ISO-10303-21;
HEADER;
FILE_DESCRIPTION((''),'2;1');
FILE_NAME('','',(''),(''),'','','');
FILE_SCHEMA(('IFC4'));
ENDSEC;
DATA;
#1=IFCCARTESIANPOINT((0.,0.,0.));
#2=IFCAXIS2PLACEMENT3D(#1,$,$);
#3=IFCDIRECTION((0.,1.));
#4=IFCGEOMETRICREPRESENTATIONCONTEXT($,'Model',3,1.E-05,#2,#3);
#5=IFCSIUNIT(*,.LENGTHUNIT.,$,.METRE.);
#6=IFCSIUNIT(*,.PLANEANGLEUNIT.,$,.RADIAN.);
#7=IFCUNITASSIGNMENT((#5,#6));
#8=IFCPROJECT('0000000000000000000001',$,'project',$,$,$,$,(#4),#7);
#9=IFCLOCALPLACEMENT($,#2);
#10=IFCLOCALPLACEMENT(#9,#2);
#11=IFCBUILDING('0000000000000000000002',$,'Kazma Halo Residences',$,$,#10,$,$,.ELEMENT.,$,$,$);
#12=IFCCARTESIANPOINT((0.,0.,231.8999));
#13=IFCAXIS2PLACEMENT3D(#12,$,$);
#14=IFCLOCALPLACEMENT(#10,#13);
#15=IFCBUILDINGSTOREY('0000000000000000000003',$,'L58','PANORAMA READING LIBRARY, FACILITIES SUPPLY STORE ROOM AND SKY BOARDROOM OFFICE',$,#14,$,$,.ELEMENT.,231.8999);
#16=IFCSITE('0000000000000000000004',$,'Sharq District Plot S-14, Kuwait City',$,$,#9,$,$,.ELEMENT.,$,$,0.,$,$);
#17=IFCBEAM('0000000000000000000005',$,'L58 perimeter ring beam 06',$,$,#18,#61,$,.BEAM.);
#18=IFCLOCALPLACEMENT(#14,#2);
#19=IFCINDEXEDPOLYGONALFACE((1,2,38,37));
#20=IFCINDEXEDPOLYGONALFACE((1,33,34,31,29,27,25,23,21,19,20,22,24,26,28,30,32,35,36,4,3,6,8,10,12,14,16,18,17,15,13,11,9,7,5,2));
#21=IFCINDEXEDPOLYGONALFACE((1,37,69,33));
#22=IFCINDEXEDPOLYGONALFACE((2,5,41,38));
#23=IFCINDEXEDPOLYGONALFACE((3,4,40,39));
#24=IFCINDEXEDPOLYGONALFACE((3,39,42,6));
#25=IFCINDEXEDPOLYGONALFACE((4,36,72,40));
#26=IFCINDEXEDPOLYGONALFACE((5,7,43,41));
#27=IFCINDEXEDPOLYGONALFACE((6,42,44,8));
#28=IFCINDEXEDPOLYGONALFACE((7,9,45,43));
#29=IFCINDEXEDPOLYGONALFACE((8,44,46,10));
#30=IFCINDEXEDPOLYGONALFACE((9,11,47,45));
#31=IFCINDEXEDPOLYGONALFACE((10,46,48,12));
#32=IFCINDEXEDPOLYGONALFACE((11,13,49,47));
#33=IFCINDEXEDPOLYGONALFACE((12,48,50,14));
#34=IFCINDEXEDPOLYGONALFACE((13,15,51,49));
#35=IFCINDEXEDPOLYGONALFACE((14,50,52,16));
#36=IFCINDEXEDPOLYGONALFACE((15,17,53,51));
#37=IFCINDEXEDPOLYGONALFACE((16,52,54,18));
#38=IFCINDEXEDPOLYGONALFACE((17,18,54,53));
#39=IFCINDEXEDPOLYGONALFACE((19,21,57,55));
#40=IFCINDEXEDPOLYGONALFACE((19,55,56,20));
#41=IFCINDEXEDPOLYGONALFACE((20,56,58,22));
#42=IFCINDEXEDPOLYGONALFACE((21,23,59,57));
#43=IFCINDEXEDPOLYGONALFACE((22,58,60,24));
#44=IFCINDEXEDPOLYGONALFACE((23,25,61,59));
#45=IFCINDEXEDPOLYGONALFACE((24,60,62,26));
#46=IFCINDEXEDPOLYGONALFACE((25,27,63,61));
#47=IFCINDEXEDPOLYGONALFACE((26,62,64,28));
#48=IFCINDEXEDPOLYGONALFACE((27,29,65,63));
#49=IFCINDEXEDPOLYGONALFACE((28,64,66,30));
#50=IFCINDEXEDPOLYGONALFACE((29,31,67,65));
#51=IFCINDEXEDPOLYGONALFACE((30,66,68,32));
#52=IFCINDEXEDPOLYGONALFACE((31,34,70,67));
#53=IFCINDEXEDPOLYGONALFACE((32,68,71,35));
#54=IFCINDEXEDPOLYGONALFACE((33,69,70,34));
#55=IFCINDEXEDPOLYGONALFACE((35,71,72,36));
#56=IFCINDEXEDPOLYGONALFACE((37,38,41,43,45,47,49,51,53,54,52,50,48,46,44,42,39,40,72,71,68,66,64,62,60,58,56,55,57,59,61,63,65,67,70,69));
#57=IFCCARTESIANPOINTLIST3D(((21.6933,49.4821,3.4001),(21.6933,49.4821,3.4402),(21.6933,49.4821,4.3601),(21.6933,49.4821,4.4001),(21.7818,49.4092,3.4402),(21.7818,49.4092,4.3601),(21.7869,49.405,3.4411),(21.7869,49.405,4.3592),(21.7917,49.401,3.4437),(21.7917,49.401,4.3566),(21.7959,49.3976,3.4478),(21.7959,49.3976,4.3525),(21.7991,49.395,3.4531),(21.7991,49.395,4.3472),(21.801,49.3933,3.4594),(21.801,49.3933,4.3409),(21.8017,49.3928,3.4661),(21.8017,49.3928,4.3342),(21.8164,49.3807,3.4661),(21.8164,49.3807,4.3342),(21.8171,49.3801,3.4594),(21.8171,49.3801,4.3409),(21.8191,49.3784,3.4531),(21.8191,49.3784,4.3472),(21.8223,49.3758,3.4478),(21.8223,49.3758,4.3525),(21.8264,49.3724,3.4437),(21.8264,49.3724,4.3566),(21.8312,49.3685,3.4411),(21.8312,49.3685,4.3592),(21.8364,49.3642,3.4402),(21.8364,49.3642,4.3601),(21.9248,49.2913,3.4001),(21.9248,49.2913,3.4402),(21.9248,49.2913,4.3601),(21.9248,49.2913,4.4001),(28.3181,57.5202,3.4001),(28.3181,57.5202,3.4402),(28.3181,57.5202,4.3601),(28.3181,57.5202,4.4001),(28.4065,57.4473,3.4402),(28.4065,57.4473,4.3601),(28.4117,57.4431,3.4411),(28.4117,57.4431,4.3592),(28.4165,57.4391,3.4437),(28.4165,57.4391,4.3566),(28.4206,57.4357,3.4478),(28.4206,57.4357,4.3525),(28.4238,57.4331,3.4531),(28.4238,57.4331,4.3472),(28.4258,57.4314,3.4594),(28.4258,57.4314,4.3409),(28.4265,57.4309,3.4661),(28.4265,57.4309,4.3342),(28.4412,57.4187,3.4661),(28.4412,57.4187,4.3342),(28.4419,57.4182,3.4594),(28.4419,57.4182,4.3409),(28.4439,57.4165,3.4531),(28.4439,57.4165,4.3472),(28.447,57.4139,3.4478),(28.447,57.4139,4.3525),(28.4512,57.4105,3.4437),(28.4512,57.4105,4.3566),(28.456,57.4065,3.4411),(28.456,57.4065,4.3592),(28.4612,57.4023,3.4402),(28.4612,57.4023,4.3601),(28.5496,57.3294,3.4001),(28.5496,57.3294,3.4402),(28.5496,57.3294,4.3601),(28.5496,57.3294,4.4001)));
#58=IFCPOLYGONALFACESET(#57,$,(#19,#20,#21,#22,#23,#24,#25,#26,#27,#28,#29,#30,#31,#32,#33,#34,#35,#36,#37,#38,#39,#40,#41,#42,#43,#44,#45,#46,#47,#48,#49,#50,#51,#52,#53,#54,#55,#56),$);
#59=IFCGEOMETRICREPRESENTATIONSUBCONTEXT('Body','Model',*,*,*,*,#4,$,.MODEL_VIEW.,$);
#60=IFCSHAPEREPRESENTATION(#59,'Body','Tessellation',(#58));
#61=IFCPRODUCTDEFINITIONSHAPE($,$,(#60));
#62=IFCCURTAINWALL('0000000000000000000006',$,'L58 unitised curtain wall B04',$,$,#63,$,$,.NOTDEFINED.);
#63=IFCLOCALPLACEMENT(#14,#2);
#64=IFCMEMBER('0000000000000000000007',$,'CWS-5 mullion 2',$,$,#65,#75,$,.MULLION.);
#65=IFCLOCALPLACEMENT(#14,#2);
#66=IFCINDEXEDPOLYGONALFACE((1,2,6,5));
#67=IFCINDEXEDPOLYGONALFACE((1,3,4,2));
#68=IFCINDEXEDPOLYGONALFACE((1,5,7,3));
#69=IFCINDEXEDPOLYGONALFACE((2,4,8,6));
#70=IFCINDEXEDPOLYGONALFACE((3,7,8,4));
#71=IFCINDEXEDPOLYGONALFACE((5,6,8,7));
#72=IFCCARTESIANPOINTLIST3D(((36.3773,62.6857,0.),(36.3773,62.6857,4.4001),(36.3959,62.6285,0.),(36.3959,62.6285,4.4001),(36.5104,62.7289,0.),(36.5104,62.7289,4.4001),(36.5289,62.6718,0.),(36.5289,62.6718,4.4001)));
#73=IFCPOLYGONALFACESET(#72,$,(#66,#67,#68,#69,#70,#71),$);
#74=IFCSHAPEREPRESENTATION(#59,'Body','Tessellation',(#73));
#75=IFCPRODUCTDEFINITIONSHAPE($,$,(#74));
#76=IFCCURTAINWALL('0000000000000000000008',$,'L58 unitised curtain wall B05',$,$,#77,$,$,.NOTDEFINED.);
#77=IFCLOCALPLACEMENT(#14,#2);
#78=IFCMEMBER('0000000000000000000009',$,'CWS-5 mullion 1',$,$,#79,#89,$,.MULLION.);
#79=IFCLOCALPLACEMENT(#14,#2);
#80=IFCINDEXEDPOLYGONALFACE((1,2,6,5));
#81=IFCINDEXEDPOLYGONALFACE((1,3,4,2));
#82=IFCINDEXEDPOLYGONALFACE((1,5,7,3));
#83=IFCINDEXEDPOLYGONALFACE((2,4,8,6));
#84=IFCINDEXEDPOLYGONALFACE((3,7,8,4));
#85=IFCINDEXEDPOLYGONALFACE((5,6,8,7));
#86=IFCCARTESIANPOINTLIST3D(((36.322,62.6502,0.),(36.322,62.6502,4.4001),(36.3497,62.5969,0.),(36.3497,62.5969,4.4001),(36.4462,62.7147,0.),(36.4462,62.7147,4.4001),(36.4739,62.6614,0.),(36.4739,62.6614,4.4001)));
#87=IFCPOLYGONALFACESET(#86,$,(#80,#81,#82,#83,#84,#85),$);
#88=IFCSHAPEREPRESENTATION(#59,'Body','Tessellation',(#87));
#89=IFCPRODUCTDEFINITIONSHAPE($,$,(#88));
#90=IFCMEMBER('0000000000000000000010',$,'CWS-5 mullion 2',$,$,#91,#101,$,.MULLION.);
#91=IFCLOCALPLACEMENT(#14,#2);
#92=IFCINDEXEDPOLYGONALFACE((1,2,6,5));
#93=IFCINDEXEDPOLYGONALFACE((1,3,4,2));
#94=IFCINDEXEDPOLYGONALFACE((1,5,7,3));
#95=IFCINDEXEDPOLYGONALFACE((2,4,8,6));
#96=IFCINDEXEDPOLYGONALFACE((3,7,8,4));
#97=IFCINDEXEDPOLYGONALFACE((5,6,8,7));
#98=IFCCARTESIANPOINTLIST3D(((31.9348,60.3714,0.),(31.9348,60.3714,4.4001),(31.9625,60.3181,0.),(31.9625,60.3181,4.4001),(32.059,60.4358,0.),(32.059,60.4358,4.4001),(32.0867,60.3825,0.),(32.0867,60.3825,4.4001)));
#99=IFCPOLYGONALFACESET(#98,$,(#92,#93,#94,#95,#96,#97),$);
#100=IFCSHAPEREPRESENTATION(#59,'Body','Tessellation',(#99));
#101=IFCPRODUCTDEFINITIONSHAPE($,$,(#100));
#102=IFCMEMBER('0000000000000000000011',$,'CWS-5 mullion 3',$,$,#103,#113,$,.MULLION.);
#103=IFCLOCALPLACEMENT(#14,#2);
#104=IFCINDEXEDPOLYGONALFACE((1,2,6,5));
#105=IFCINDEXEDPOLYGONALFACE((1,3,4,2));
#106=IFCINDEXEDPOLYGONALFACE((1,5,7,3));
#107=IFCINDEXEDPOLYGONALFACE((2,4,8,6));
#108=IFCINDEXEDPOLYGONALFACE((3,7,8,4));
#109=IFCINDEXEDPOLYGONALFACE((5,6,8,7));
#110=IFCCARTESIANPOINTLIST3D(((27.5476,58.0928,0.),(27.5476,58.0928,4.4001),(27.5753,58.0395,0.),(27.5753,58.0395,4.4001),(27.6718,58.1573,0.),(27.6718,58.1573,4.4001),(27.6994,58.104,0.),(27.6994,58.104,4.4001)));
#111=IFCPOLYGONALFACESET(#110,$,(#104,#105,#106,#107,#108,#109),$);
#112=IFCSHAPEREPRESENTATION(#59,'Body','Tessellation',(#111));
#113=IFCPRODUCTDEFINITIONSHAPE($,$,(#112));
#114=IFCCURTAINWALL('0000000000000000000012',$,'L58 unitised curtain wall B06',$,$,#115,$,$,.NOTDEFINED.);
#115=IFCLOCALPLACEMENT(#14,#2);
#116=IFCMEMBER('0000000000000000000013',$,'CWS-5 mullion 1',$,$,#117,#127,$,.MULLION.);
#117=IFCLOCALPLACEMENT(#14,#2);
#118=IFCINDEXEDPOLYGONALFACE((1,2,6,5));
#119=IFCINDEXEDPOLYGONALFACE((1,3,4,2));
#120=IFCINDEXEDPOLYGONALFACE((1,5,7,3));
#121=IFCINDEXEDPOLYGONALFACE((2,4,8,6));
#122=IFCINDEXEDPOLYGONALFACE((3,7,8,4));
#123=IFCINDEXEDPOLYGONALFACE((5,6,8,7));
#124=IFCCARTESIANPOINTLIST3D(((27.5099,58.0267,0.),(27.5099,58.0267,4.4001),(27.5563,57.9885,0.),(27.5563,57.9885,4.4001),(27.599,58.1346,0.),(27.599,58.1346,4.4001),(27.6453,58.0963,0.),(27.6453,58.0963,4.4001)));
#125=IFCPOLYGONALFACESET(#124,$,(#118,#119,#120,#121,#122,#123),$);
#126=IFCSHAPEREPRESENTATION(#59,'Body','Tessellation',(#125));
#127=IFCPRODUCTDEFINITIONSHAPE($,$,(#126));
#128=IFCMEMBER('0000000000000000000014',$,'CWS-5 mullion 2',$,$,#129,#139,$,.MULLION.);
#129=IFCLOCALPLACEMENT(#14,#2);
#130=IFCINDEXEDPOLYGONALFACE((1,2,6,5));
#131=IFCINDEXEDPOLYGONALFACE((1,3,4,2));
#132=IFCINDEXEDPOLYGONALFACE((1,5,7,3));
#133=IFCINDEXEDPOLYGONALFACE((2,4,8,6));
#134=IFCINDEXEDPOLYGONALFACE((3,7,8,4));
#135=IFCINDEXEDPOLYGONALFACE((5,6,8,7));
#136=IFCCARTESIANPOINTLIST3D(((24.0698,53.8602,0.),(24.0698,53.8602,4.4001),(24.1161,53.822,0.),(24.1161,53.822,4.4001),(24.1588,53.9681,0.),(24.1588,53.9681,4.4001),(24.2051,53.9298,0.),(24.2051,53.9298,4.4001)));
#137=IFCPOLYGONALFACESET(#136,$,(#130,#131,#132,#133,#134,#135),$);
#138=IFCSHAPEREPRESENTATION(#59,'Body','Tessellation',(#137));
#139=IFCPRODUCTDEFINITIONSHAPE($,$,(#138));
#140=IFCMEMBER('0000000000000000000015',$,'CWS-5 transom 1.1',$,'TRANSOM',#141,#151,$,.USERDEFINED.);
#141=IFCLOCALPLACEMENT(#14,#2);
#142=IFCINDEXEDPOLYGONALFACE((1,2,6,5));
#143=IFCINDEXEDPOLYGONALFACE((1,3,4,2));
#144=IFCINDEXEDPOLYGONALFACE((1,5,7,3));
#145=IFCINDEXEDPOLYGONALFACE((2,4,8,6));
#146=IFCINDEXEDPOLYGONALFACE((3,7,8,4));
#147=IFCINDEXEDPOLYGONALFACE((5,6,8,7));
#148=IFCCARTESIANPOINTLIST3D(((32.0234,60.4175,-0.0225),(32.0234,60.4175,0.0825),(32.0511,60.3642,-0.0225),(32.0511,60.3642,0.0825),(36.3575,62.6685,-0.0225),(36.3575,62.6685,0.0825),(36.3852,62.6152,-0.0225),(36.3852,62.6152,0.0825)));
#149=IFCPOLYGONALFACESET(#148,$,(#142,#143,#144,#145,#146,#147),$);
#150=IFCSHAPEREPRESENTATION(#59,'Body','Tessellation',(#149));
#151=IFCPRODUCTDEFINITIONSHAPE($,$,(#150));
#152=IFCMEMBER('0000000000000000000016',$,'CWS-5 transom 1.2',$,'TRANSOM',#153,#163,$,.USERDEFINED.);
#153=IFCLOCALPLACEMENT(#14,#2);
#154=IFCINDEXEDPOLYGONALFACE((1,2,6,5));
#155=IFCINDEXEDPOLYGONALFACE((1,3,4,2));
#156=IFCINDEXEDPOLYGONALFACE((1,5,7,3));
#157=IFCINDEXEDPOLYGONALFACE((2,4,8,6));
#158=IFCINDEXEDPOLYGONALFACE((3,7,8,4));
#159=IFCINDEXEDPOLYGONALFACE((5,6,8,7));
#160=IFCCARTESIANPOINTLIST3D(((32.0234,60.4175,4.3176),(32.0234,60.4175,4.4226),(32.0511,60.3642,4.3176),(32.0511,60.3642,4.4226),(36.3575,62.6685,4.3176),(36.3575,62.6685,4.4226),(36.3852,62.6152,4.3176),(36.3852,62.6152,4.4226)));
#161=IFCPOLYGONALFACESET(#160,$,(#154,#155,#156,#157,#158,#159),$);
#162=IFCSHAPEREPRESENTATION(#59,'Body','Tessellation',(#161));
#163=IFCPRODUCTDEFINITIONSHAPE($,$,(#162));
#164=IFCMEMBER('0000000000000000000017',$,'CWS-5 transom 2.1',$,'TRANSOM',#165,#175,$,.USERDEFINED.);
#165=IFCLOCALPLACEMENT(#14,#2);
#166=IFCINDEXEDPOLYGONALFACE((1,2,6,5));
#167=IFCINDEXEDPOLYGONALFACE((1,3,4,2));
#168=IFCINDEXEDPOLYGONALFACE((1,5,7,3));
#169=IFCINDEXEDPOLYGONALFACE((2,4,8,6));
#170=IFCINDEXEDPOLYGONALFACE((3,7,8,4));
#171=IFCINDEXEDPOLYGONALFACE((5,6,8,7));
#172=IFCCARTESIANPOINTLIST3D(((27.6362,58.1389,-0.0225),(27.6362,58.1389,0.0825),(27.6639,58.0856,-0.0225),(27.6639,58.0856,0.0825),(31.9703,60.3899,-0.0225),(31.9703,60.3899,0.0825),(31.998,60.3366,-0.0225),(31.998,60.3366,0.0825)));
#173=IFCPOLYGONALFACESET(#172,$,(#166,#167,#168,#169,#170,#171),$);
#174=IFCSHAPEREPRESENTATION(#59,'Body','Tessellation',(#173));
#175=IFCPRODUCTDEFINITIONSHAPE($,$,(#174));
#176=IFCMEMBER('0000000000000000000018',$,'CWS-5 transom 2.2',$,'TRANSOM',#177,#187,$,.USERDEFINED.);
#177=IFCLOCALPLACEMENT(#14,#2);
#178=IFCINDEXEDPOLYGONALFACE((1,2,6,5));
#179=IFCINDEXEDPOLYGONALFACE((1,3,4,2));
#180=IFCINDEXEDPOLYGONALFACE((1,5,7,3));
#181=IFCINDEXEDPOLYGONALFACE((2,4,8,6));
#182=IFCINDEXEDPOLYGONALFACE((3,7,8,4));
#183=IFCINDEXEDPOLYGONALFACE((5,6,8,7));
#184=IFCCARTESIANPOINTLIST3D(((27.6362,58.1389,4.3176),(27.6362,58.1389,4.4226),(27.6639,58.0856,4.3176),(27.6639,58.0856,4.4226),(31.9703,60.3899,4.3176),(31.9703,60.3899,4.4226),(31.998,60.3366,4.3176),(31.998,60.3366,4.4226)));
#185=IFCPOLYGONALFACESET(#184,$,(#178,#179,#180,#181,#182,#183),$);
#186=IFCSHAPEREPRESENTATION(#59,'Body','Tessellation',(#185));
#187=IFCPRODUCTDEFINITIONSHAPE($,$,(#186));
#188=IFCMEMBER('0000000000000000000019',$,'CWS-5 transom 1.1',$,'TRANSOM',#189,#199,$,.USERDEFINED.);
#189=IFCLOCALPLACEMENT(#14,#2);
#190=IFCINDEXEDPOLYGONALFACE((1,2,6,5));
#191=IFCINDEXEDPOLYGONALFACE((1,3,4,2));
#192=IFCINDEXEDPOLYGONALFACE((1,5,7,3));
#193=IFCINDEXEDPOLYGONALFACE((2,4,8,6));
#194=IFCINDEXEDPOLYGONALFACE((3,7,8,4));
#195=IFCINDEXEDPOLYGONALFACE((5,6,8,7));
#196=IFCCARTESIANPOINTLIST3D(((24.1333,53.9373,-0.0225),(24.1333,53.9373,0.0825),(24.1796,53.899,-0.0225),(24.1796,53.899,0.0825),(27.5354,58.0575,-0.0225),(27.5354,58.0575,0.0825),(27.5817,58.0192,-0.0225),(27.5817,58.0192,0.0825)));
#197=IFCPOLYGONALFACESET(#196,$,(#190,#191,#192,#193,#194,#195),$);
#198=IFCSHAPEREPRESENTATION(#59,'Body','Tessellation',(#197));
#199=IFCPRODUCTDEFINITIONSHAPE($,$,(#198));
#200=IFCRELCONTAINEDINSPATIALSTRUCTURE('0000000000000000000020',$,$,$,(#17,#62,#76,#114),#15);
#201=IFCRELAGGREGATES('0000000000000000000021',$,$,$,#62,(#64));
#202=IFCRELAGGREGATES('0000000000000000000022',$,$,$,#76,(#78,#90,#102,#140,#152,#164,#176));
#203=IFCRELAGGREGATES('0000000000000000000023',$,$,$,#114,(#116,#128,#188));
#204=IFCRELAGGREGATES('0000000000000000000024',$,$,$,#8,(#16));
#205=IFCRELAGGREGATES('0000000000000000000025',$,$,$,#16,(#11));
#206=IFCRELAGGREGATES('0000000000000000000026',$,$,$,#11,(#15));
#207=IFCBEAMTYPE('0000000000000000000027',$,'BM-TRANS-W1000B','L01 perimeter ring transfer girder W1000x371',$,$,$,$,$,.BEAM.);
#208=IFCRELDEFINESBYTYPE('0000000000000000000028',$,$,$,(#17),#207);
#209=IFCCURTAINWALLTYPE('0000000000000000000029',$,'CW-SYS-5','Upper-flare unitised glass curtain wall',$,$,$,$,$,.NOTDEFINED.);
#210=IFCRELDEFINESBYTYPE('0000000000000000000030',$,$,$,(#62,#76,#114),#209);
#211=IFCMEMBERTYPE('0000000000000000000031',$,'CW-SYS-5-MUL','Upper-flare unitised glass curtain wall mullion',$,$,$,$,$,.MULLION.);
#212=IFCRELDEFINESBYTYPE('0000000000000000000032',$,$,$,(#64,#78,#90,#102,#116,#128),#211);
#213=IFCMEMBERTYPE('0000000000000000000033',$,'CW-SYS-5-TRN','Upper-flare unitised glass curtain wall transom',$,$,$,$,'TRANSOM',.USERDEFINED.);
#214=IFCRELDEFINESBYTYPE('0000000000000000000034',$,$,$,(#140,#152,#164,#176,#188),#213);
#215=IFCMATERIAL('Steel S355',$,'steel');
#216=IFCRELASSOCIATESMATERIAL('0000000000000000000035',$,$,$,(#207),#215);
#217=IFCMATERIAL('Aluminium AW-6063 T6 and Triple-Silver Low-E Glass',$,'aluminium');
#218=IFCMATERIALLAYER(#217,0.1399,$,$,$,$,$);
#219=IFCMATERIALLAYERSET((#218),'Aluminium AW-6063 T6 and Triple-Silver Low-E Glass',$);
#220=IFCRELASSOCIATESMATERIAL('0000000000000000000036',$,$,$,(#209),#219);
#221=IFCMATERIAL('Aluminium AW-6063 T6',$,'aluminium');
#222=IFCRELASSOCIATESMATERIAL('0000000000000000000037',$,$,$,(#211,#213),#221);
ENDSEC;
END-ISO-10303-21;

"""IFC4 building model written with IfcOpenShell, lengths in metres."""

from ifc_helpers import new_model, si_unit, direction, frame, origin, origin_2d, place, context, subcontext, project, spatial, rectangle, i_section, extrude, material, layer, layer_set, material_profile, profile_set, type_object, element, aggregate, save


model = new_model("IFC4")

# Units and contexts
model_context = context("Model", 3, precision=1e-05, world=origin(), true_north=direction((0.0, 1.0)))
body_context = subcontext(model_context, "Body", "Model", "MODEL_VIEW")
ifc_project = project(units=[si_unit("LENGTHUNIT", "METRE"), si_unit("PLANEANGLEUNIT", "RADIAN")], contexts=[model_context])

# Site, building, storey
site_placement = place(None, origin())
site = spatial("IfcSite", under=ifc_project, at=site_placement, Name="Sharq District Plot S-14, Kuwait City", CompositionType="ELEMENT", RefElevation=0.0)
building_placement = place(site_placement, origin())
building = spatial("IfcBuilding", under=site, at=building_placement, Name="Kazma Halo Residences", CompositionType="ELEMENT")
storey_placement = place(building_placement, frame((0.0, 0.0, 231.8999)))
storey = spatial("IfcBuildingStorey", under=building, at=storey_placement, Name="L58", Description="PANORAMA READING LIBRARY, FACILITIES SUPPLY STORE ROOM AND SKY BOARDROOM OFFICE", CompositionType="ELEMENT", Elevation=231.8999)

# Beam
ifc_material_1 = material(Name="Steel S355", Category="steel")
ifc_material_profile_1 = material_profile(ifc_material_1, i_section(OverallWidth=0.3, OverallDepth=1.0, WebThickness=0.019, FlangeThickness=0.04, FilletRadius=0.0259, at=origin_2d()), Name="W1000x371")
ifc_profile_set_1 = profile_set([ifc_material_profile_1], Name="Steel S355")
beam_type_1 = type_object("IfcBeamType", Name="BM-TRANS-W1000B", Description="L01 perimeter ring transfer girder W1000x371", PredefinedType="BEAM", material=ifc_profile_set_1)
beam_1_placement = place(storey_placement, frame((28.4338, 57.4248, 3.9001), z_axis=(-0.636002, -0.771687, 0.0), x_axis=(0.771687, -0.636002, 0.0)))
element("IfcBeam", 1, at=beam_1_placement, inside=storey, type_object=beam_type_1, Name="L58 perimeter ring beam 06", PredefinedType="BEAM", context=body_context, shape_type="SweptSolid", body=[
    extrude(i_section(OverallWidth=0.3, OverallDepth=1.0, WebThickness=0.019, FlangeThickness=0.04, FilletRadius=0.0259, at=origin_2d()), origin(), (0.0, 0.0, 1.0), 10.4163),
])

# Curtain wall, member
ifc_material_2 = material(Name="Aluminium AW-6063 T6 and Triple-Silver Low-E Glass", Category="aluminium")
ifc_layer_1 = layer(ifc_material_2, 0.1399)
ifc_layer_set_1 = layer_set([ifc_layer_1], Name="Aluminium AW-6063 T6 and Triple-Silver Low-E Glass")
curtain_wall_type = type_object("IfcCurtainWallType", Name="CW-SYS-5", Description="Upper-flare unitised glass curtain wall", PredefinedType="NOTDEFINED", material=ifc_layer_set_1)
curtain_wall_1_placement = place(storey_placement, origin())
curtain_wall_1 = element("IfcCurtainWall", 2, at=curtain_wall_1_placement, inside=storey, type_object=curtain_wall_type, Name="L58 unitised curtain wall B04", PredefinedType="NOTDEFINED")
ifc_material_3 = material(Name="Aluminium AW-6063 T6", Category="aluminium")
ifc_material_profile_2 = material_profile(ifc_material_3, rectangle(XDim=0.0601, YDim=0.1399, at=origin_2d()), Name="CWM-60x140")
ifc_profile_set_2 = profile_set([ifc_material_profile_2], Name="Aluminium AW-6063 T6")
member_type_1 = type_object("IfcMemberType", Name="CW-SYS-5-MUL", Description="Upper-flare unitised glass curtain wall mullion", PredefinedType="MULLION", material=ifc_profile_set_2)
member_1_placement = place(storey_placement, frame((36.4531, 62.6787, 0.0), z_axis=(0.0, 0.0, 1.0), x_axis=(0.30902, -0.951056, 0.0)))
member_1 = element("IfcMember", 3, at=member_1_placement, type_object=member_type_1, Name="CWS-5 mullion 2", PredefinedType="MULLION", context=body_context, shape_type="SweptSolid", body=[
    extrude(rectangle(XDim=0.0601, YDim=0.1399, at=origin_2d()), origin(), (0.0, 0.0, 1.0), 4.4001),
])
aggregate(curtain_wall_1, [member_1])

# Curtain walls, members
curtain_wall_2_placement = place(storey_placement, origin())
curtain_wall_2 = element("IfcCurtainWall", 4, at=curtain_wall_2_placement, inside=storey, type_object=curtain_wall_type, Name="L58 unitised curtain wall B05", PredefinedType="NOTDEFINED")
member_2_placement = place(storey_placement, frame((36.3979, 62.6558, 0.0), z_axis=(0.0, 0.0, 1.0), x_axis=(0.460917, -0.887443, 0.0)))
member_2 = element("IfcMember", 5, at=member_2_placement, type_object=member_type_1, Name="CWS-5 mullion 1", PredefinedType="MULLION", context=body_context, shape_type="SweptSolid", body=[
    extrude(rectangle(XDim=0.0601, YDim=0.1399, at=origin_2d()), origin(), (0.0, 0.0, 1.0), 4.4001),
])
member_3_placement = place(storey_placement, frame((32.0107, 60.377, 0.0), z_axis=(0.0, 0.0, 1.0), x_axis=(0.460917, -0.887443, 0.0)))
member_3 = element("IfcMember", 6, at=member_3_placement, type_object=member_type_1, Name="CWS-5 mullion 2", PredefinedType="MULLION", context=body_context, shape_type="SweptSolid", body=[
    extrude(rectangle(XDim=0.0601, YDim=0.1399, at=origin_2d()), origin(), (0.0, 0.0, 1.0), 4.4001),
])
member_4_placement = place(storey_placement, frame((27.6235, 58.0984, 0.0), z_axis=(0.0, 0.0, 1.0), x_axis=(0.460917, -0.887443, 0.0)))
member_4 = element("IfcMember", 7, at=member_4_placement, type_object=member_type_1, Name="CWS-5 mullion 3", PredefinedType="MULLION", context=body_context, shape_type="SweptSolid", body=[
    extrude(rectangle(XDim=0.0601, YDim=0.1399, at=origin_2d()), origin(), (0.0, 0.0, 1.0), 4.4001),
])
curtain_wall_3_placement = place(storey_placement, origin())
curtain_wall_3 = element("IfcCurtainWall", 8, at=curtain_wall_3_placement, inside=storey, type_object=curtain_wall_type, Name="L58 unitised curtain wall B06", PredefinedType="NOTDEFINED")
member_5_placement = place(storey_placement, frame((27.5776, 58.0615, 0.0), z_axis=(0.0, 0.0, 1.0), x_axis=(0.771092, -0.636724, 0.0)))
member_5 = element("IfcMember", 9, at=member_5_placement, type_object=member_type_1, Name="CWS-5 mullion 1", PredefinedType="MULLION", context=body_context, shape_type="SweptSolid", body=[
    extrude(rectangle(XDim=0.0601, YDim=0.1399, at=origin_2d()), origin(), (0.0, 0.0, 1.0), 4.4001),
])
member_6_placement = place(storey_placement, frame((24.1375, 53.895, 0.0), z_axis=(0.0, 0.0, 1.0), x_axis=(0.771092, -0.636724, 0.0)))
member_6 = element("IfcMember", 10, at=member_6_placement, type_object=member_type_1, Name="CWS-5 mullion 2", PredefinedType="MULLION", context=body_context, shape_type="SweptSolid", body=[
    extrude(rectangle(XDim=0.0601, YDim=0.1399, at=origin_2d()), origin(), (0.0, 0.0, 1.0), 4.4001),
])

# Members
ifc_material_profile_3 = material_profile(ifc_material_3, rectangle(XDim=0.0601, YDim=0.105, at=origin_2d()), Name="CWT-60x105")
ifc_profile_set_3 = profile_set([ifc_material_profile_3], Name="Aluminium AW-6063 T6")
member_type_2 = type_object("IfcMemberType", Name="CW-SYS-5-TRN", Description="Upper-flare unitised glass curtain wall transom", ElementType="TRANSOM", PredefinedType="USERDEFINED", material=ifc_profile_set_3)
member_7_placement = place(storey_placement, frame((36.3713, 62.6418, 0.03), z_axis=(-0.887443, -0.460918, 0.0), x_axis=(0.460918, -0.887443, 0.0)))
member_7 = element("IfcMember", 11, at=member_7_placement, type_object=member_type_2, Name="CWS-5 transom 1.1", ObjectType="TRANSOM", PredefinedType="USERDEFINED", context=body_context, shape_type="SweptSolid", body=[
    extrude(rectangle(XDim=0.0601, YDim=0.105, at=origin_2d()), origin(), (0.0, 0.0, 1.0), 4.8838),
])
member_8_placement = place(storey_placement, frame((36.3713, 62.6418, 4.3701), z_axis=(-0.887443, -0.460918, 0.0), x_axis=(0.460918, -0.887443, 0.0)))
member_8 = element("IfcMember", 12, at=member_8_placement, type_object=member_type_2, Name="CWS-5 transom 1.2", ObjectType="TRANSOM", PredefinedType="USERDEFINED", context=body_context, shape_type="SweptSolid", body=[
    extrude(rectangle(XDim=0.0601, YDim=0.105, at=origin_2d()), origin(), (0.0, 0.0, 1.0), 4.8838),
])
member_9_placement = place(storey_placement, frame((31.9841, 60.3633, 0.03), z_axis=(-0.887443, -0.460918, 0.0), x_axis=(0.460918, -0.887443, 0.0)))
member_9 = element("IfcMember", 13, at=member_9_placement, type_object=member_type_2, Name="CWS-5 transom 2.1", ObjectType="TRANSOM", PredefinedType="USERDEFINED", context=body_context, shape_type="SweptSolid", body=[
    extrude(rectangle(XDim=0.0601, YDim=0.105, at=origin_2d()), origin(), (0.0, 0.0, 1.0), 4.8838),
])
member_10_placement = place(storey_placement, frame((31.9841, 60.3633, 4.3701), z_axis=(-0.887443, -0.460918, 0.0), x_axis=(0.460918, -0.887443, 0.0)))
member_10 = element("IfcMember", 14, at=member_10_placement, type_object=member_type_2, Name="CWS-5 transom 2.2", ObjectType="TRANSOM", PredefinedType="USERDEFINED", context=body_context, shape_type="SweptSolid", body=[
    extrude(rectangle(XDim=0.0601, YDim=0.105, at=origin_2d()), origin(), (0.0, 0.0, 1.0), 4.8838),
])
member_11_placement = place(storey_placement, frame((27.5586, 58.0383, 0.03), z_axis=(-0.636717, -0.771097, 0.0), x_axis=(0.771097, -0.636717, 0.0)))
member_11 = element("IfcMember", 15, at=member_11_placement, type_object=member_type_2, Name="CWS-5 transom 1.1", ObjectType="TRANSOM", PredefinedType="USERDEFINED", context=body_context, shape_type="SweptSolid", body=[
    extrude(rectangle(XDim=0.0601, YDim=0.105, at=origin_2d()), origin(), (0.0, 0.0, 1.0), 5.3433),
])

aggregate(curtain_wall_2, [member_2, member_3, member_4, member_7, member_8, member_9, member_10])
aggregate(curtain_wall_3, [member_5, member_6, member_11])

save(model, "model.ifc")
